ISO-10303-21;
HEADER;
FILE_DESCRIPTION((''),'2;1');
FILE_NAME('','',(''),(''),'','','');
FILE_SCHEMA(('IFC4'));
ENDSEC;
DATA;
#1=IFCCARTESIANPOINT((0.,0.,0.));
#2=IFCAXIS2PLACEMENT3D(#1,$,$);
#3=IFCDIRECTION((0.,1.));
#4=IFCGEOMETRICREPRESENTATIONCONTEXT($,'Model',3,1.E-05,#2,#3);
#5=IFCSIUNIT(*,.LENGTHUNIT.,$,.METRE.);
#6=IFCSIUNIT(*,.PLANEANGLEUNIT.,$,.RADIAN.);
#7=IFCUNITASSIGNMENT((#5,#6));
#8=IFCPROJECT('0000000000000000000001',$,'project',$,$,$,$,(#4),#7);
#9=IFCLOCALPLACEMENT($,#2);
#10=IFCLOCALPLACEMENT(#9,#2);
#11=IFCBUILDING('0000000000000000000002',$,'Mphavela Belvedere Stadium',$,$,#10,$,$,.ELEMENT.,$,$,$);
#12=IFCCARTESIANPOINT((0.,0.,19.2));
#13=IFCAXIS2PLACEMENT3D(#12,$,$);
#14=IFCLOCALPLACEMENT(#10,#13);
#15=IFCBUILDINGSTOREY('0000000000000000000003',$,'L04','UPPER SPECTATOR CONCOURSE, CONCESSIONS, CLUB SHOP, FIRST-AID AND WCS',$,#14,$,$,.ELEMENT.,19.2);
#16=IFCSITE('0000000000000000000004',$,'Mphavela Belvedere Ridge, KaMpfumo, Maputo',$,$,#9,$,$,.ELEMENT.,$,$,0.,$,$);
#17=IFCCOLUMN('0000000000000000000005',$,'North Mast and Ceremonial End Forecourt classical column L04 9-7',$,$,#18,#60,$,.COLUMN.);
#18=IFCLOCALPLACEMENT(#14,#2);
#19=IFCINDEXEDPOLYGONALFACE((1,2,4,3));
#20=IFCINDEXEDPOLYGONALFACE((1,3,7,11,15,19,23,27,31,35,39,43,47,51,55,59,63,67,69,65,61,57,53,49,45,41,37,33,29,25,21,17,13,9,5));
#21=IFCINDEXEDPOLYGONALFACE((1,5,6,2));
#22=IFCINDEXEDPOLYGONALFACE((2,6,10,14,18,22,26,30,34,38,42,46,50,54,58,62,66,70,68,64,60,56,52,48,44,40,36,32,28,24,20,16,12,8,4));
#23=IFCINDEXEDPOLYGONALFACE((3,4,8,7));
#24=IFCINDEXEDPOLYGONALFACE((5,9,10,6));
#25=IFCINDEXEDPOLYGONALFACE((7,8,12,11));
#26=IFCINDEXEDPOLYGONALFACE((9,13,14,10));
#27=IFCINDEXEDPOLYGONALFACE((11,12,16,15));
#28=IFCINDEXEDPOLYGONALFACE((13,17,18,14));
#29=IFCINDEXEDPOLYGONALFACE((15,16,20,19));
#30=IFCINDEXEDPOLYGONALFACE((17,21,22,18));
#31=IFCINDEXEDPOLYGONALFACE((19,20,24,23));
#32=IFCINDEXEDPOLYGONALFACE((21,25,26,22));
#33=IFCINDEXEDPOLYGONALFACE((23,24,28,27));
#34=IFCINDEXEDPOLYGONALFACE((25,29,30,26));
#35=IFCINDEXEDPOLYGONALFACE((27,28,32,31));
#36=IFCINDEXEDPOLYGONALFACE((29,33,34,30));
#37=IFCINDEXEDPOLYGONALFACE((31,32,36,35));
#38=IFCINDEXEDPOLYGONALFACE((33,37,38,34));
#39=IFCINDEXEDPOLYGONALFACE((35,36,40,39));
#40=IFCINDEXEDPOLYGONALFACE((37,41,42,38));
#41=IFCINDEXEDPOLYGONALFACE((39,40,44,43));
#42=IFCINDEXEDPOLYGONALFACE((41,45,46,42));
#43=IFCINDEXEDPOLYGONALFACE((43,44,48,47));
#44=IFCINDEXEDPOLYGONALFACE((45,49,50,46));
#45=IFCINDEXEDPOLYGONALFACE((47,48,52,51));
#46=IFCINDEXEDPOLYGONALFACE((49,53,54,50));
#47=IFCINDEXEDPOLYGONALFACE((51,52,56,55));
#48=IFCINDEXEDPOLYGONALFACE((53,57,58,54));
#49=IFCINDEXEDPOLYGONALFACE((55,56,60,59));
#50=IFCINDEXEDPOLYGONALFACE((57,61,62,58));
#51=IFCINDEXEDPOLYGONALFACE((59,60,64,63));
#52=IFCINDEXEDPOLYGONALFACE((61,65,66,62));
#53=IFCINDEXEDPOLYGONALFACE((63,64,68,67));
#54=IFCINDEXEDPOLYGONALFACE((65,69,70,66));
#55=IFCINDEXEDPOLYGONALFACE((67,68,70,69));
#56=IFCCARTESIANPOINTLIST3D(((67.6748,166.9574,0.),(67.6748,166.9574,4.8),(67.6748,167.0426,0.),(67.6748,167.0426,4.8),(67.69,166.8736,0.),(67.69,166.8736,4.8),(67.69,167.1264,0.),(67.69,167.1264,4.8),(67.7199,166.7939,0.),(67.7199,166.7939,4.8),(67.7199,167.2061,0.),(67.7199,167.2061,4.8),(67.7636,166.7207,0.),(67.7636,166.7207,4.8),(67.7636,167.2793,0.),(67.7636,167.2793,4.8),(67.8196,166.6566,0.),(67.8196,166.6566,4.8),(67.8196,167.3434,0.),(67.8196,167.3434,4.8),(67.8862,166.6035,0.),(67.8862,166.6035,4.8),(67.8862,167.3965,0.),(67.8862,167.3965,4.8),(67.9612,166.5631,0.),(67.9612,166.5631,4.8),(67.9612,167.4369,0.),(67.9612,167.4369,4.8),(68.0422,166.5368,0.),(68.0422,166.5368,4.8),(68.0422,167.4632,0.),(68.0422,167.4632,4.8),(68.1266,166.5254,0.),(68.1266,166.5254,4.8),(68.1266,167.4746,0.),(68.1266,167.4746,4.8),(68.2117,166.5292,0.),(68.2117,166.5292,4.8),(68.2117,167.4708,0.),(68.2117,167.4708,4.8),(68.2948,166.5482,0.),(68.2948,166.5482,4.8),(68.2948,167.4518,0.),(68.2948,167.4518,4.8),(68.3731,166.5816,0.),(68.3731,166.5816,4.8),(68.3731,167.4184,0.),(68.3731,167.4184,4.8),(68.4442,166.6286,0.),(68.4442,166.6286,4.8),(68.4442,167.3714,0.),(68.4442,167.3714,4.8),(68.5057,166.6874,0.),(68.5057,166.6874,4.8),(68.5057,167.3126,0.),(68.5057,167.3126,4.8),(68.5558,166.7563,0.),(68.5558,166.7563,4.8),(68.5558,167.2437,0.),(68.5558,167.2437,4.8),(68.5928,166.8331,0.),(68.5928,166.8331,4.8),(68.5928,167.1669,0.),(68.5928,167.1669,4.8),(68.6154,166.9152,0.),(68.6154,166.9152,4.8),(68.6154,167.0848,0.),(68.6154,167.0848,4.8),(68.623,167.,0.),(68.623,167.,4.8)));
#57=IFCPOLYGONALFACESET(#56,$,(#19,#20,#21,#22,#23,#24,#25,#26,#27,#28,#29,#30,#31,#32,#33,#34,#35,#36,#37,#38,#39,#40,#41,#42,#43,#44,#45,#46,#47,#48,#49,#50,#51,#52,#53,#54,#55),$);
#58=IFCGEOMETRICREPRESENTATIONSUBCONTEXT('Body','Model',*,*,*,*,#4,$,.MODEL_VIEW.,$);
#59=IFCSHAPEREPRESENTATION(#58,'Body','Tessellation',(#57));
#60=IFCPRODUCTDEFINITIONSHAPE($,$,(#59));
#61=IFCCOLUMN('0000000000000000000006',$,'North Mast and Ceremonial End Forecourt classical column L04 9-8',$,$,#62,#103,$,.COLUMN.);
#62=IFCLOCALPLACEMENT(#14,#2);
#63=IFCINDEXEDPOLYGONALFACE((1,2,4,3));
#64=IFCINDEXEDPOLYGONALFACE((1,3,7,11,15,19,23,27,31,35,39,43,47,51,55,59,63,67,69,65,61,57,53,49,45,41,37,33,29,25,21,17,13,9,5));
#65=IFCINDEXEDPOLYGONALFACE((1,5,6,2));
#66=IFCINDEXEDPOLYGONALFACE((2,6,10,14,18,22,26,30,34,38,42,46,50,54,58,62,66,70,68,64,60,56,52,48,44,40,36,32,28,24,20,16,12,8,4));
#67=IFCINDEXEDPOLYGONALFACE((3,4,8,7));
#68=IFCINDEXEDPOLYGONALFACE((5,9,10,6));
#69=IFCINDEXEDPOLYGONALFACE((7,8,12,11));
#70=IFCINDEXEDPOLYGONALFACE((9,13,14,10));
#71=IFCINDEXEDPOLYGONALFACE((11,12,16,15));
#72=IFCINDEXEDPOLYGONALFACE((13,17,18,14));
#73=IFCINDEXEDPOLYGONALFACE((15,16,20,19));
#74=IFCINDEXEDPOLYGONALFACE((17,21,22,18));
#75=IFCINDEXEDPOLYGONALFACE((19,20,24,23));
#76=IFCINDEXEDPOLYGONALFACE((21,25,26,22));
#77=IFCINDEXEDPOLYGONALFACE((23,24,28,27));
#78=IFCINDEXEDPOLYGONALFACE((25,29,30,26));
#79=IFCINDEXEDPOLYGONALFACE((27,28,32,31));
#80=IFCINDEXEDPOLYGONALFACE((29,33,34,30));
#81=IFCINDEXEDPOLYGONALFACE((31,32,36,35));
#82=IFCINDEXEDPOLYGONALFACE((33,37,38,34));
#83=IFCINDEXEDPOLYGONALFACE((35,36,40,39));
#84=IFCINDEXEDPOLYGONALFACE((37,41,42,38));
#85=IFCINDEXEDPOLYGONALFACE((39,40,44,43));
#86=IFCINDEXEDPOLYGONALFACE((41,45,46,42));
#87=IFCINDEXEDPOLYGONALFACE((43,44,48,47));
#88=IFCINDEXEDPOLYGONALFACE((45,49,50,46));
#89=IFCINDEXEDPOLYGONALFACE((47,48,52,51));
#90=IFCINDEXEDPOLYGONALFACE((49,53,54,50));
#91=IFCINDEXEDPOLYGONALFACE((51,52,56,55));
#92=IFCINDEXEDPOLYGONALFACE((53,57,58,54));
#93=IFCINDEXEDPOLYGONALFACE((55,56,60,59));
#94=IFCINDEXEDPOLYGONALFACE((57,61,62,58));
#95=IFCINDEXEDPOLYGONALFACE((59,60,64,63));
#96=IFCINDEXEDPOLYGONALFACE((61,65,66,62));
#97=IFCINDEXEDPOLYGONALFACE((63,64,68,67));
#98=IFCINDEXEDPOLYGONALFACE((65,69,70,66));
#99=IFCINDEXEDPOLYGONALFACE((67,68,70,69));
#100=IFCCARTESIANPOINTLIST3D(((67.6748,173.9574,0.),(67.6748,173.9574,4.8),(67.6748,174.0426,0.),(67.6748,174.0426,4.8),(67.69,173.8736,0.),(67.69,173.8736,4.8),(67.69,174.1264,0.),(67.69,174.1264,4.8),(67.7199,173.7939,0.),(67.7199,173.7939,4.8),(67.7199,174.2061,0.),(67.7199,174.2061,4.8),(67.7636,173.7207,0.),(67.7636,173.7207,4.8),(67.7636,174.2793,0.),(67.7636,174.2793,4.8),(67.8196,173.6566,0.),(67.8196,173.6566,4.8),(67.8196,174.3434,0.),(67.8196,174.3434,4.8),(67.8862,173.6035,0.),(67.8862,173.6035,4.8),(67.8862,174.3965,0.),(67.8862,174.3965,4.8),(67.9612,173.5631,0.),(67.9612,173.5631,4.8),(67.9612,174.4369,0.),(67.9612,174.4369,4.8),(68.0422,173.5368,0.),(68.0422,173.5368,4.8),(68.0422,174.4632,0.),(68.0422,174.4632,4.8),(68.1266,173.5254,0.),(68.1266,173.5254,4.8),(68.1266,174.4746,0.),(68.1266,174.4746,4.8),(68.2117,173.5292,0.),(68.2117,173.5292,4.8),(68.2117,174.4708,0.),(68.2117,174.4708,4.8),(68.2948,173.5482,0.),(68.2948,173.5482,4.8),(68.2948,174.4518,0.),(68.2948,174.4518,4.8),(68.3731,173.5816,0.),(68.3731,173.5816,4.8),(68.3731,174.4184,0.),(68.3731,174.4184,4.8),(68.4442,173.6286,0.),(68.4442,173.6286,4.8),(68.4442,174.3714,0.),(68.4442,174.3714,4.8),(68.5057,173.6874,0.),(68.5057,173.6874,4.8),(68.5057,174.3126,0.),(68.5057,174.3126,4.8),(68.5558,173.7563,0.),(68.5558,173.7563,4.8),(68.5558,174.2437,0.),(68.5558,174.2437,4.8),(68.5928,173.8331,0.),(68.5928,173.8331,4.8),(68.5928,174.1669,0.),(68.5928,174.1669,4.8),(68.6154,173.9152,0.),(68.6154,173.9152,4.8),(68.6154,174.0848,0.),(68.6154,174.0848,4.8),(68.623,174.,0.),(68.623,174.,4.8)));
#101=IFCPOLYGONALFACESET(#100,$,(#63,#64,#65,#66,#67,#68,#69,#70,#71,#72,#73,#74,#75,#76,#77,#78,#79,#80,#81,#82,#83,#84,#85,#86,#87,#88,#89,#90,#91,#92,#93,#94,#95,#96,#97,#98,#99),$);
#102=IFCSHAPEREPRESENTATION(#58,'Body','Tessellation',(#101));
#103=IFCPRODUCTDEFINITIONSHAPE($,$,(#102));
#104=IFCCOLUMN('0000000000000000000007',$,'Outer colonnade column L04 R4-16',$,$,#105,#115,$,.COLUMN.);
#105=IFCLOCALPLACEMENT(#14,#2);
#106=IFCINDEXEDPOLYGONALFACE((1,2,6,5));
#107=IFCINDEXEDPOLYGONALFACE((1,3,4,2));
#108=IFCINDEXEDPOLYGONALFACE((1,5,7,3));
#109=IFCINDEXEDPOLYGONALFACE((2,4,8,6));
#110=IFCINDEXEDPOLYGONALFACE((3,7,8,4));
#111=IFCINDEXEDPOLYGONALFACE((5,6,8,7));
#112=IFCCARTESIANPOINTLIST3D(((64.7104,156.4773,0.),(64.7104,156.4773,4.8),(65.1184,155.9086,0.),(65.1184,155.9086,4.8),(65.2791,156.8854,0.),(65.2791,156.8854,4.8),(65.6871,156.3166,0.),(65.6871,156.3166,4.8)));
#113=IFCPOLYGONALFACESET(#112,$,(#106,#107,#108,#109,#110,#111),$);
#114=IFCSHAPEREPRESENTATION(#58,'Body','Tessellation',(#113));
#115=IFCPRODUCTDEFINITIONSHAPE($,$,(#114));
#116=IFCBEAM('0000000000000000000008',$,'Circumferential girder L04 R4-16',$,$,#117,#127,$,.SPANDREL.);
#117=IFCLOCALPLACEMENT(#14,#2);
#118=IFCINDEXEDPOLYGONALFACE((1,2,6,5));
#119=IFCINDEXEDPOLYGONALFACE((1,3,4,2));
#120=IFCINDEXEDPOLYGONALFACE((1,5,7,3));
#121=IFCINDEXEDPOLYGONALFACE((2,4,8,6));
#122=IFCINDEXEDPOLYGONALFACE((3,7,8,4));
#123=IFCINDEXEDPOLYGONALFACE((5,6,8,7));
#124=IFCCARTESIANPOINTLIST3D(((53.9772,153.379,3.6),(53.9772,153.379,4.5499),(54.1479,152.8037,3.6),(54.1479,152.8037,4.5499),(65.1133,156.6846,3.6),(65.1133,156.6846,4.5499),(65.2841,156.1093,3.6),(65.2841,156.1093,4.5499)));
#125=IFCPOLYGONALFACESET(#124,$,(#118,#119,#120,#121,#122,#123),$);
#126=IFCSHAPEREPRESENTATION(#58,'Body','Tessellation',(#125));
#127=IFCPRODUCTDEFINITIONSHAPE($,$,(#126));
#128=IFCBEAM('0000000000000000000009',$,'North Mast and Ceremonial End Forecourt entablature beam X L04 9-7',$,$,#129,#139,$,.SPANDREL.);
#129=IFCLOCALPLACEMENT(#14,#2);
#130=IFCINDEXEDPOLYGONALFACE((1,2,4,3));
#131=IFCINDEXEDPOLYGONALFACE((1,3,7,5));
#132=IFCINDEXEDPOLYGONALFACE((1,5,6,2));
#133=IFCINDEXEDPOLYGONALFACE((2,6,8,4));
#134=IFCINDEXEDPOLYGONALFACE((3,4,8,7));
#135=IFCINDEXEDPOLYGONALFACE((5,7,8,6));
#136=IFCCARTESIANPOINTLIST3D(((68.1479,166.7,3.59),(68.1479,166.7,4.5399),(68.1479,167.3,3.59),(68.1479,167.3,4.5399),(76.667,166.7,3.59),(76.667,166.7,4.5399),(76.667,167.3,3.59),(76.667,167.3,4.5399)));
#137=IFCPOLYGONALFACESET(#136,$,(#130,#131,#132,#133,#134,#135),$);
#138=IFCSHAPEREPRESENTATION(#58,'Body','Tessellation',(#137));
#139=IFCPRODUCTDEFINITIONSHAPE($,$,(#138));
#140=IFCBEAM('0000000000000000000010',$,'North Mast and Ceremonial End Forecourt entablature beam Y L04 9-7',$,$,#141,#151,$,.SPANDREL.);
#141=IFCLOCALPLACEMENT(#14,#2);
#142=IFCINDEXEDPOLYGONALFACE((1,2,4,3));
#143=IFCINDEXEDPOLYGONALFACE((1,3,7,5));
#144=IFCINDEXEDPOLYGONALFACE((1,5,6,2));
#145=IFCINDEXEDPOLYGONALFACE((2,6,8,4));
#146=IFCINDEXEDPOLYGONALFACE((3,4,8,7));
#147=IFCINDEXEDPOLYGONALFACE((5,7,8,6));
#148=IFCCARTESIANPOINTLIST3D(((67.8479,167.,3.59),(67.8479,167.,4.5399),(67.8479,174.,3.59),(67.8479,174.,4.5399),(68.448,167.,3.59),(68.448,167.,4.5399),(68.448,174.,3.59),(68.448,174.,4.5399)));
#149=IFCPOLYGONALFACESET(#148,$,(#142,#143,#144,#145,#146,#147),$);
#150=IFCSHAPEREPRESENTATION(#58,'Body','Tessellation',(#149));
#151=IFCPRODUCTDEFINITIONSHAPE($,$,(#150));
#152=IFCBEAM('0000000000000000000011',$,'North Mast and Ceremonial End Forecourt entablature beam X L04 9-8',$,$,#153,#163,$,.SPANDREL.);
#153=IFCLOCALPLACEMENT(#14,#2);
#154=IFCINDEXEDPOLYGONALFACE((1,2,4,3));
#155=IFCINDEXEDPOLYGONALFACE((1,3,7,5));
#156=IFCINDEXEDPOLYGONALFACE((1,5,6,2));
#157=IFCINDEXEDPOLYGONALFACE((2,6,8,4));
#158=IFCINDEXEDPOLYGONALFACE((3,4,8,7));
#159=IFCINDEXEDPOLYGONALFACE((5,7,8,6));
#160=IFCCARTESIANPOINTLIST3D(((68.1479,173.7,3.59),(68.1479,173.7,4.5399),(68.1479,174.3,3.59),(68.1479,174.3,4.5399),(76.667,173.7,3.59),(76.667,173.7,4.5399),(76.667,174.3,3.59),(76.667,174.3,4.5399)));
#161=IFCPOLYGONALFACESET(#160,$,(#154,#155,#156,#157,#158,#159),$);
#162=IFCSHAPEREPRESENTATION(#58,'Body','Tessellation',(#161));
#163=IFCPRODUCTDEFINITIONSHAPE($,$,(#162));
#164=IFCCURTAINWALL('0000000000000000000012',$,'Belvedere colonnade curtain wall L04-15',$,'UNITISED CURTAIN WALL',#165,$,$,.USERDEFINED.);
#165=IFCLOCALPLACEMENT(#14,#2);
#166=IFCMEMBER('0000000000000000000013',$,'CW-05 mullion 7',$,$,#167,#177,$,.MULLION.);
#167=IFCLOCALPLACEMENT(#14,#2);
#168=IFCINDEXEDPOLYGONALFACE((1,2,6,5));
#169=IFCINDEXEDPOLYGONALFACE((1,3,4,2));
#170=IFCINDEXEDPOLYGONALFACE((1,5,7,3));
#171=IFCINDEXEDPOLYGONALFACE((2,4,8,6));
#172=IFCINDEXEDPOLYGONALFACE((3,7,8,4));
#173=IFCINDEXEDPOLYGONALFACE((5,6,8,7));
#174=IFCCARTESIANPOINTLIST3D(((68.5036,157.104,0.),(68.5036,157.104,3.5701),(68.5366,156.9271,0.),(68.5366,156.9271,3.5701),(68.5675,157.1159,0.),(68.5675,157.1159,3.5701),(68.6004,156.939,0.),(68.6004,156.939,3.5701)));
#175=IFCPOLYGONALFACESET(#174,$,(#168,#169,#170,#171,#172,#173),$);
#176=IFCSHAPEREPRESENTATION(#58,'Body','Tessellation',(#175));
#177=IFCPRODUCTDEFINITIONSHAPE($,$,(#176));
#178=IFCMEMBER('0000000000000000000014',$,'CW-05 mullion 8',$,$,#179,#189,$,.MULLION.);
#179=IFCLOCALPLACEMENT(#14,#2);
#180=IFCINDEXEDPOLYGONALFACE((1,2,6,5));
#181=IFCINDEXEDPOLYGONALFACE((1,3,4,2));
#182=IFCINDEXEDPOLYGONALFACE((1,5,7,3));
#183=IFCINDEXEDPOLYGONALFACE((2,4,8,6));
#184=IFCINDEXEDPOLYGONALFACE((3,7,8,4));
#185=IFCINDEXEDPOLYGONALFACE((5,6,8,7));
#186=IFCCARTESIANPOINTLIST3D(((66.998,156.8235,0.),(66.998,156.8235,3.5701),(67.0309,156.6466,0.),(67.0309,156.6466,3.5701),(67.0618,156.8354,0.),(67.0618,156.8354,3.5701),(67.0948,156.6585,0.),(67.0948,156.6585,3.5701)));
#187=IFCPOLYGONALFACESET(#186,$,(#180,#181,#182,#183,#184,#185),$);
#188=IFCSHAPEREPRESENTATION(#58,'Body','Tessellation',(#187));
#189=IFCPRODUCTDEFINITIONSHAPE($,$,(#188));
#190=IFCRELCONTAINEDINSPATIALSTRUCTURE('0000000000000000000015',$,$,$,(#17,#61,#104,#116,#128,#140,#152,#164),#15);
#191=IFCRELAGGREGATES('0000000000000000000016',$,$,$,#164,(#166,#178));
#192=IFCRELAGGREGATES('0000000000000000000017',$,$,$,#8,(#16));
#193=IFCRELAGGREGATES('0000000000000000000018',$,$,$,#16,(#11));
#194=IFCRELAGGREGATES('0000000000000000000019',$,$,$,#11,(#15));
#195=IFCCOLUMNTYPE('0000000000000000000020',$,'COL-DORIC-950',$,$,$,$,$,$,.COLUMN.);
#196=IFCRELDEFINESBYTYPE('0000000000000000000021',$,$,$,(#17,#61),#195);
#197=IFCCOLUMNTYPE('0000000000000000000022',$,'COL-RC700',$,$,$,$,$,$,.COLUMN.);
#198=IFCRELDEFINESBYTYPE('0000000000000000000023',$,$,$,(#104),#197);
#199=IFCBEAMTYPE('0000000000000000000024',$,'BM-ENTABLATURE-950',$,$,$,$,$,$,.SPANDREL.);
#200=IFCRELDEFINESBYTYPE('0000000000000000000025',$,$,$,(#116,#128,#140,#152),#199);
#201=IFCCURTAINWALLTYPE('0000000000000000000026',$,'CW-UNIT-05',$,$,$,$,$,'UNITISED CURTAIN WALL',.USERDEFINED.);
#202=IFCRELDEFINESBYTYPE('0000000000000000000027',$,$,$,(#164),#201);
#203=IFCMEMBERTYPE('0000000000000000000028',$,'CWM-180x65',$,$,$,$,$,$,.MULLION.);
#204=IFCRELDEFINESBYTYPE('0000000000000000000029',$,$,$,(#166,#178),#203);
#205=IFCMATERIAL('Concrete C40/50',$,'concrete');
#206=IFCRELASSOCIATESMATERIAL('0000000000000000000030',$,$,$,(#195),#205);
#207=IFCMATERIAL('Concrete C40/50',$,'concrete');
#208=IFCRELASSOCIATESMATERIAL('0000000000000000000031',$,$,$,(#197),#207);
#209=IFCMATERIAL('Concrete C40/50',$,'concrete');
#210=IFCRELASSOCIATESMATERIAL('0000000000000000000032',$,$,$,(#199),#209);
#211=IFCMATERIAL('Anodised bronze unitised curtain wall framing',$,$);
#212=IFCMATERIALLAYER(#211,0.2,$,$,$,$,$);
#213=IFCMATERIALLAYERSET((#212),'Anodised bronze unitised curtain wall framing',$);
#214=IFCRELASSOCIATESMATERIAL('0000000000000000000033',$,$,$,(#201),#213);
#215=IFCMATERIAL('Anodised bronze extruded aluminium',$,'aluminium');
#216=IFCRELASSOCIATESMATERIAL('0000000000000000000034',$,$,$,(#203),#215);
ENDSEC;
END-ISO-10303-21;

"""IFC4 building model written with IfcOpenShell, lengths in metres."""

from ifc_helpers import new_model, si_unit, direction, frame, origin, origin_2d, place, context, subcontext, project, spatial, rectangle, circle, extrude, material, layer, layer_set, material_profile, profile_set, type_object, element, aggregate, save


model = new_model("IFC4")

# Units and contexts
model_context = context("Model", 3, precision=1e-05, world=origin(), true_north=direction((0.0, 1.0)))
body_context = subcontext(model_context, "Body", "Model", "MODEL_VIEW")
ifc_project = project(units=[si_unit("LENGTHUNIT", "METRE"), si_unit("PLANEANGLEUNIT", "RADIAN")], contexts=[model_context])

# Site, building, storey
site_placement = place(None, origin())
site = spatial("IfcSite", under=ifc_project, at=site_placement, Name="Mphavela Belvedere Ridge, KaMpfumo, Maputo", CompositionType="ELEMENT", RefElevation=0.0)
building_placement = place(site_placement, origin())
building = spatial("IfcBuilding", under=site, at=building_placement, Name="Mphavela Belvedere Stadium", CompositionType="ELEMENT")
storey_placement = place(building_placement, frame((0.0, 0.0, 19.2)))
storey = spatial("IfcBuildingStorey", under=building, at=storey_placement, Name="L04", Description="UPPER SPECTATOR CONCOURSE, CONCESSIONS, CLUB SHOP, FIRST-AID AND WCS", CompositionType="ELEMENT", Elevation=19.2)

# Columns
ifc_material_1 = material(Name="Concrete C40/50", Category="concrete")
ifc_material_profile_1 = material_profile(ifc_material_1, circle(Radius=0.4751, at=origin_2d()), Name="COL D950")
ifc_profile_set_1 = profile_set([ifc_material_profile_1], Name="Concrete C40/50")
column_type_1 = type_object("IfcColumnType", Name="COL-DORIC-950", PredefinedType="COLUMN", material=ifc_profile_set_1)
for number, where, z_axis, x_axis, name in (
    (1, (68.1479, 167.0, 0.0), (0.0, 0.0, 1.0), (1.0, 0.0, 0.0), "North Mast and Ceremonial End Forecourt classical column L04 9-7"),
    (2, (68.1479, 174.0, 0.0), (0.0, 0.0, 1.0), (1.0, 0.0, 0.0), "North Mast and Ceremonial End Forecourt classical column L04 9-8"),
):
    element("IfcColumn", number, at=place(storey_placement, frame(where, z_axis=z_axis, x_axis=x_axis)), inside=storey, type_object=column_type_1, Name=name, PredefinedType="COLUMN", context=body_context, shape_type="SweptSolid", body=[
        extrude(circle(Radius=0.4751, at=origin_2d()), origin(), (0.0, 0.0, 1.0), 4.8),
    ])
ifc_material_2 = material(Name="Concrete C40/50", Category="concrete")
ifc_material_profile_2 = material_profile(ifc_material_2, rectangle(XDim=0.7, YDim=0.7, at=origin_2d()), Name="RC 700x700")
ifc_profile_set_2 = profile_set([ifc_material_profile_2], Name="Concrete C40/50")
column_type_2 = type_object("IfcColumnType", Name="COL-RC700", PredefinedType="COLUMN", material=ifc_profile_set_2)
column_placement = place(storey_placement, frame((65.1987, 156.397, 0.0), z_axis=(0.0, 0.0, 1.0), x_axis=(-0.582974, 0.812491, 0.0)))
element("IfcColumn", 3, at=column_placement, inside=storey, type_object=column_type_2, Name="Outer colonnade column L04 R4-16", PredefinedType="COLUMN", context=body_context, shape_type="SweptSolid", body=[
    extrude(rectangle(XDim=0.7, YDim=0.7, at=origin_2d()), origin(), (0.0, 0.0, 1.0), 4.8),
])

# Beams
ifc_material_3 = material(Name="Concrete C40/50", Category="concrete")
ifc_material_profile_3 = material_profile(ifc_material_3, rectangle(XDim=0.6001, YDim=0.95, at=origin_2d()), Name="RC 600x950")
ifc_profile_set_3 = profile_set([ifc_material_profile_3], Name="Concrete C40/50")
beam_type = type_object("IfcBeamType", Name="BM-ENTABLATURE-950", PredefinedType="SPANDREL", material=ifc_profile_set_3)
beam_1_placement = place(storey_placement, frame((65.1987, 156.397, 4.075), z_axis=(-0.958656, -0.284566, 0.0), x_axis=(0.284566, -0.958656, 0.0)))
element("IfcBeam", 4, at=beam_1_placement, inside=storey, type_object=beam_type, Name="Circumferential girder L04 R4-16", PredefinedType="SPANDREL", context=body_context, shape_type="SweptSolid", body=[
    extrude(rectangle(XDim=0.6001, YDim=0.95, at=origin_2d()), origin(), (0.0, 0.0, 1.0), 11.6165),
])
beam_2_placement = place(storey_placement, frame((68.1479, 167.0, 4.0649), z_axis=(1.0, 0.0, 0.0), x_axis=(0.0, 1.0, 0.0)))
element("IfcBeam", 5, at=beam_2_placement, inside=storey, type_object=beam_type, Name="North Mast and Ceremonial End Forecourt entablature beam X L04 9-7", PredefinedType="SPANDREL", context=body_context, shape_type="SweptSolid", body=[
    extrude(rectangle(XDim=0.6001, YDim=0.95, at=origin_2d()), origin(), (0.0, 0.0, 1.0), 8.519),
])
beam_3_placement = place(storey_placement, frame((68.1479, 167.0, 4.0649), z_axis=(0.0, 1.0, 0.0), x_axis=(-1.0, 0.0, 0.0)))
element("IfcBeam", 6, at=beam_3_placement, inside=storey, type_object=beam_type, Name="North Mast and Ceremonial End Forecourt entablature beam Y L04 9-7", PredefinedType="SPANDREL", context=body_context, shape_type="SweptSolid", body=[
    extrude(rectangle(XDim=0.6001, YDim=0.95, at=origin_2d()), origin(), (0.0, 0.0, 1.0), 7.0),
])
beam_4_placement = place(storey_placement, frame((68.1479, 174.0, 4.0649), z_axis=(1.0, 0.0, 0.0), x_axis=(0.0, 1.0, 0.0)))
element("IfcBeam", 7, at=beam_4_placement, inside=storey, type_object=beam_type, Name="North Mast and Ceremonial End Forecourt entablature beam X L04 9-8", PredefinedType="SPANDREL", context=body_context, shape_type="SweptSolid", body=[
    extrude(rectangle(XDim=0.6001, YDim=0.95, at=origin_2d()), origin(), (0.0, 0.0, 1.0), 8.519),
])

# Curtain wall, members
ifc_material_4 = material(Name="Anodised bronze unitised curtain wall framing")
ifc_layer_1 = layer(ifc_material_4, 0.2)
ifc_layer_set_1 = layer_set([ifc_layer_1], Name="Anodised bronze unitised curtain wall framing")
curtain_wall_type_1 = type_object("IfcCurtainWallType", Name="CW-UNIT-05", ElementType="UNITISED CURTAIN WALL", PredefinedType="USERDEFINED", material=ifc_layer_set_1)
curtain_wall_1_placement = place(storey_placement, origin())
curtain_wall_1 = element("IfcCurtainWall", 8, at=curtain_wall_1_placement, inside=storey, type_object=curtain_wall_type_1, Name="Belvedere colonnade curtain wall L04-15", ObjectType="UNITISED CURTAIN WALL", PredefinedType="USERDEFINED")
ifc_material_5 = material(Name="Anodised bronze extruded aluminium", Category="aluminium")
ifc_material_profile_4 = material_profile(ifc_material_5, rectangle(XDim=0.1799, YDim=0.0649, at=origin_2d()), Name="CW-MUL 180x65")
ifc_profile_set_4 = profile_set([ifc_material_profile_4], Name="Anodised bronze extruded aluminium")
member_type_1 = type_object("IfcMemberType", Name="CWM-180x65", PredefinedType="MULLION", material=ifc_profile_set_4)
member_1_placement = place(storey_placement, frame((68.552, 157.0215, 0.0), z_axis=(0.0, 0.0, 1.0), x_axis=(0.183091, -0.983096, 0.0)))
member_1 = element("IfcMember", 9, at=member_1_placement, type_object=member_type_1, Name="CW-05 mullion 7", PredefinedType="MULLION", context=body_context, shape_type="SweptSolid", body=[
    extrude(rectangle(XDim=0.1799, YDim=0.0649, at=origin_2d()), origin(), (0.0, 0.0, 1.0), 3.5701),
])
member_2_placement = place(storey_placement, frame((67.0464, 156.741, 0.0), z_axis=(0.0, 0.0, 1.0), x_axis=(0.183091, -0.983096, 0.0)))
member_2 = element("IfcMember", 10, at=member_2_placement, type_object=member_type_1, Name="CW-05 mullion 8", PredefinedType="MULLION", context=body_context, shape_type="SweptSolid", body=[
    extrude(rectangle(XDim=0.1799, YDim=0.0649, at=origin_2d()), origin(), (0.0, 0.0, 1.0), 3.5701),
])

aggregate(curtain_wall_1, [member_1, member_2])

save(model, "model.ifc")
